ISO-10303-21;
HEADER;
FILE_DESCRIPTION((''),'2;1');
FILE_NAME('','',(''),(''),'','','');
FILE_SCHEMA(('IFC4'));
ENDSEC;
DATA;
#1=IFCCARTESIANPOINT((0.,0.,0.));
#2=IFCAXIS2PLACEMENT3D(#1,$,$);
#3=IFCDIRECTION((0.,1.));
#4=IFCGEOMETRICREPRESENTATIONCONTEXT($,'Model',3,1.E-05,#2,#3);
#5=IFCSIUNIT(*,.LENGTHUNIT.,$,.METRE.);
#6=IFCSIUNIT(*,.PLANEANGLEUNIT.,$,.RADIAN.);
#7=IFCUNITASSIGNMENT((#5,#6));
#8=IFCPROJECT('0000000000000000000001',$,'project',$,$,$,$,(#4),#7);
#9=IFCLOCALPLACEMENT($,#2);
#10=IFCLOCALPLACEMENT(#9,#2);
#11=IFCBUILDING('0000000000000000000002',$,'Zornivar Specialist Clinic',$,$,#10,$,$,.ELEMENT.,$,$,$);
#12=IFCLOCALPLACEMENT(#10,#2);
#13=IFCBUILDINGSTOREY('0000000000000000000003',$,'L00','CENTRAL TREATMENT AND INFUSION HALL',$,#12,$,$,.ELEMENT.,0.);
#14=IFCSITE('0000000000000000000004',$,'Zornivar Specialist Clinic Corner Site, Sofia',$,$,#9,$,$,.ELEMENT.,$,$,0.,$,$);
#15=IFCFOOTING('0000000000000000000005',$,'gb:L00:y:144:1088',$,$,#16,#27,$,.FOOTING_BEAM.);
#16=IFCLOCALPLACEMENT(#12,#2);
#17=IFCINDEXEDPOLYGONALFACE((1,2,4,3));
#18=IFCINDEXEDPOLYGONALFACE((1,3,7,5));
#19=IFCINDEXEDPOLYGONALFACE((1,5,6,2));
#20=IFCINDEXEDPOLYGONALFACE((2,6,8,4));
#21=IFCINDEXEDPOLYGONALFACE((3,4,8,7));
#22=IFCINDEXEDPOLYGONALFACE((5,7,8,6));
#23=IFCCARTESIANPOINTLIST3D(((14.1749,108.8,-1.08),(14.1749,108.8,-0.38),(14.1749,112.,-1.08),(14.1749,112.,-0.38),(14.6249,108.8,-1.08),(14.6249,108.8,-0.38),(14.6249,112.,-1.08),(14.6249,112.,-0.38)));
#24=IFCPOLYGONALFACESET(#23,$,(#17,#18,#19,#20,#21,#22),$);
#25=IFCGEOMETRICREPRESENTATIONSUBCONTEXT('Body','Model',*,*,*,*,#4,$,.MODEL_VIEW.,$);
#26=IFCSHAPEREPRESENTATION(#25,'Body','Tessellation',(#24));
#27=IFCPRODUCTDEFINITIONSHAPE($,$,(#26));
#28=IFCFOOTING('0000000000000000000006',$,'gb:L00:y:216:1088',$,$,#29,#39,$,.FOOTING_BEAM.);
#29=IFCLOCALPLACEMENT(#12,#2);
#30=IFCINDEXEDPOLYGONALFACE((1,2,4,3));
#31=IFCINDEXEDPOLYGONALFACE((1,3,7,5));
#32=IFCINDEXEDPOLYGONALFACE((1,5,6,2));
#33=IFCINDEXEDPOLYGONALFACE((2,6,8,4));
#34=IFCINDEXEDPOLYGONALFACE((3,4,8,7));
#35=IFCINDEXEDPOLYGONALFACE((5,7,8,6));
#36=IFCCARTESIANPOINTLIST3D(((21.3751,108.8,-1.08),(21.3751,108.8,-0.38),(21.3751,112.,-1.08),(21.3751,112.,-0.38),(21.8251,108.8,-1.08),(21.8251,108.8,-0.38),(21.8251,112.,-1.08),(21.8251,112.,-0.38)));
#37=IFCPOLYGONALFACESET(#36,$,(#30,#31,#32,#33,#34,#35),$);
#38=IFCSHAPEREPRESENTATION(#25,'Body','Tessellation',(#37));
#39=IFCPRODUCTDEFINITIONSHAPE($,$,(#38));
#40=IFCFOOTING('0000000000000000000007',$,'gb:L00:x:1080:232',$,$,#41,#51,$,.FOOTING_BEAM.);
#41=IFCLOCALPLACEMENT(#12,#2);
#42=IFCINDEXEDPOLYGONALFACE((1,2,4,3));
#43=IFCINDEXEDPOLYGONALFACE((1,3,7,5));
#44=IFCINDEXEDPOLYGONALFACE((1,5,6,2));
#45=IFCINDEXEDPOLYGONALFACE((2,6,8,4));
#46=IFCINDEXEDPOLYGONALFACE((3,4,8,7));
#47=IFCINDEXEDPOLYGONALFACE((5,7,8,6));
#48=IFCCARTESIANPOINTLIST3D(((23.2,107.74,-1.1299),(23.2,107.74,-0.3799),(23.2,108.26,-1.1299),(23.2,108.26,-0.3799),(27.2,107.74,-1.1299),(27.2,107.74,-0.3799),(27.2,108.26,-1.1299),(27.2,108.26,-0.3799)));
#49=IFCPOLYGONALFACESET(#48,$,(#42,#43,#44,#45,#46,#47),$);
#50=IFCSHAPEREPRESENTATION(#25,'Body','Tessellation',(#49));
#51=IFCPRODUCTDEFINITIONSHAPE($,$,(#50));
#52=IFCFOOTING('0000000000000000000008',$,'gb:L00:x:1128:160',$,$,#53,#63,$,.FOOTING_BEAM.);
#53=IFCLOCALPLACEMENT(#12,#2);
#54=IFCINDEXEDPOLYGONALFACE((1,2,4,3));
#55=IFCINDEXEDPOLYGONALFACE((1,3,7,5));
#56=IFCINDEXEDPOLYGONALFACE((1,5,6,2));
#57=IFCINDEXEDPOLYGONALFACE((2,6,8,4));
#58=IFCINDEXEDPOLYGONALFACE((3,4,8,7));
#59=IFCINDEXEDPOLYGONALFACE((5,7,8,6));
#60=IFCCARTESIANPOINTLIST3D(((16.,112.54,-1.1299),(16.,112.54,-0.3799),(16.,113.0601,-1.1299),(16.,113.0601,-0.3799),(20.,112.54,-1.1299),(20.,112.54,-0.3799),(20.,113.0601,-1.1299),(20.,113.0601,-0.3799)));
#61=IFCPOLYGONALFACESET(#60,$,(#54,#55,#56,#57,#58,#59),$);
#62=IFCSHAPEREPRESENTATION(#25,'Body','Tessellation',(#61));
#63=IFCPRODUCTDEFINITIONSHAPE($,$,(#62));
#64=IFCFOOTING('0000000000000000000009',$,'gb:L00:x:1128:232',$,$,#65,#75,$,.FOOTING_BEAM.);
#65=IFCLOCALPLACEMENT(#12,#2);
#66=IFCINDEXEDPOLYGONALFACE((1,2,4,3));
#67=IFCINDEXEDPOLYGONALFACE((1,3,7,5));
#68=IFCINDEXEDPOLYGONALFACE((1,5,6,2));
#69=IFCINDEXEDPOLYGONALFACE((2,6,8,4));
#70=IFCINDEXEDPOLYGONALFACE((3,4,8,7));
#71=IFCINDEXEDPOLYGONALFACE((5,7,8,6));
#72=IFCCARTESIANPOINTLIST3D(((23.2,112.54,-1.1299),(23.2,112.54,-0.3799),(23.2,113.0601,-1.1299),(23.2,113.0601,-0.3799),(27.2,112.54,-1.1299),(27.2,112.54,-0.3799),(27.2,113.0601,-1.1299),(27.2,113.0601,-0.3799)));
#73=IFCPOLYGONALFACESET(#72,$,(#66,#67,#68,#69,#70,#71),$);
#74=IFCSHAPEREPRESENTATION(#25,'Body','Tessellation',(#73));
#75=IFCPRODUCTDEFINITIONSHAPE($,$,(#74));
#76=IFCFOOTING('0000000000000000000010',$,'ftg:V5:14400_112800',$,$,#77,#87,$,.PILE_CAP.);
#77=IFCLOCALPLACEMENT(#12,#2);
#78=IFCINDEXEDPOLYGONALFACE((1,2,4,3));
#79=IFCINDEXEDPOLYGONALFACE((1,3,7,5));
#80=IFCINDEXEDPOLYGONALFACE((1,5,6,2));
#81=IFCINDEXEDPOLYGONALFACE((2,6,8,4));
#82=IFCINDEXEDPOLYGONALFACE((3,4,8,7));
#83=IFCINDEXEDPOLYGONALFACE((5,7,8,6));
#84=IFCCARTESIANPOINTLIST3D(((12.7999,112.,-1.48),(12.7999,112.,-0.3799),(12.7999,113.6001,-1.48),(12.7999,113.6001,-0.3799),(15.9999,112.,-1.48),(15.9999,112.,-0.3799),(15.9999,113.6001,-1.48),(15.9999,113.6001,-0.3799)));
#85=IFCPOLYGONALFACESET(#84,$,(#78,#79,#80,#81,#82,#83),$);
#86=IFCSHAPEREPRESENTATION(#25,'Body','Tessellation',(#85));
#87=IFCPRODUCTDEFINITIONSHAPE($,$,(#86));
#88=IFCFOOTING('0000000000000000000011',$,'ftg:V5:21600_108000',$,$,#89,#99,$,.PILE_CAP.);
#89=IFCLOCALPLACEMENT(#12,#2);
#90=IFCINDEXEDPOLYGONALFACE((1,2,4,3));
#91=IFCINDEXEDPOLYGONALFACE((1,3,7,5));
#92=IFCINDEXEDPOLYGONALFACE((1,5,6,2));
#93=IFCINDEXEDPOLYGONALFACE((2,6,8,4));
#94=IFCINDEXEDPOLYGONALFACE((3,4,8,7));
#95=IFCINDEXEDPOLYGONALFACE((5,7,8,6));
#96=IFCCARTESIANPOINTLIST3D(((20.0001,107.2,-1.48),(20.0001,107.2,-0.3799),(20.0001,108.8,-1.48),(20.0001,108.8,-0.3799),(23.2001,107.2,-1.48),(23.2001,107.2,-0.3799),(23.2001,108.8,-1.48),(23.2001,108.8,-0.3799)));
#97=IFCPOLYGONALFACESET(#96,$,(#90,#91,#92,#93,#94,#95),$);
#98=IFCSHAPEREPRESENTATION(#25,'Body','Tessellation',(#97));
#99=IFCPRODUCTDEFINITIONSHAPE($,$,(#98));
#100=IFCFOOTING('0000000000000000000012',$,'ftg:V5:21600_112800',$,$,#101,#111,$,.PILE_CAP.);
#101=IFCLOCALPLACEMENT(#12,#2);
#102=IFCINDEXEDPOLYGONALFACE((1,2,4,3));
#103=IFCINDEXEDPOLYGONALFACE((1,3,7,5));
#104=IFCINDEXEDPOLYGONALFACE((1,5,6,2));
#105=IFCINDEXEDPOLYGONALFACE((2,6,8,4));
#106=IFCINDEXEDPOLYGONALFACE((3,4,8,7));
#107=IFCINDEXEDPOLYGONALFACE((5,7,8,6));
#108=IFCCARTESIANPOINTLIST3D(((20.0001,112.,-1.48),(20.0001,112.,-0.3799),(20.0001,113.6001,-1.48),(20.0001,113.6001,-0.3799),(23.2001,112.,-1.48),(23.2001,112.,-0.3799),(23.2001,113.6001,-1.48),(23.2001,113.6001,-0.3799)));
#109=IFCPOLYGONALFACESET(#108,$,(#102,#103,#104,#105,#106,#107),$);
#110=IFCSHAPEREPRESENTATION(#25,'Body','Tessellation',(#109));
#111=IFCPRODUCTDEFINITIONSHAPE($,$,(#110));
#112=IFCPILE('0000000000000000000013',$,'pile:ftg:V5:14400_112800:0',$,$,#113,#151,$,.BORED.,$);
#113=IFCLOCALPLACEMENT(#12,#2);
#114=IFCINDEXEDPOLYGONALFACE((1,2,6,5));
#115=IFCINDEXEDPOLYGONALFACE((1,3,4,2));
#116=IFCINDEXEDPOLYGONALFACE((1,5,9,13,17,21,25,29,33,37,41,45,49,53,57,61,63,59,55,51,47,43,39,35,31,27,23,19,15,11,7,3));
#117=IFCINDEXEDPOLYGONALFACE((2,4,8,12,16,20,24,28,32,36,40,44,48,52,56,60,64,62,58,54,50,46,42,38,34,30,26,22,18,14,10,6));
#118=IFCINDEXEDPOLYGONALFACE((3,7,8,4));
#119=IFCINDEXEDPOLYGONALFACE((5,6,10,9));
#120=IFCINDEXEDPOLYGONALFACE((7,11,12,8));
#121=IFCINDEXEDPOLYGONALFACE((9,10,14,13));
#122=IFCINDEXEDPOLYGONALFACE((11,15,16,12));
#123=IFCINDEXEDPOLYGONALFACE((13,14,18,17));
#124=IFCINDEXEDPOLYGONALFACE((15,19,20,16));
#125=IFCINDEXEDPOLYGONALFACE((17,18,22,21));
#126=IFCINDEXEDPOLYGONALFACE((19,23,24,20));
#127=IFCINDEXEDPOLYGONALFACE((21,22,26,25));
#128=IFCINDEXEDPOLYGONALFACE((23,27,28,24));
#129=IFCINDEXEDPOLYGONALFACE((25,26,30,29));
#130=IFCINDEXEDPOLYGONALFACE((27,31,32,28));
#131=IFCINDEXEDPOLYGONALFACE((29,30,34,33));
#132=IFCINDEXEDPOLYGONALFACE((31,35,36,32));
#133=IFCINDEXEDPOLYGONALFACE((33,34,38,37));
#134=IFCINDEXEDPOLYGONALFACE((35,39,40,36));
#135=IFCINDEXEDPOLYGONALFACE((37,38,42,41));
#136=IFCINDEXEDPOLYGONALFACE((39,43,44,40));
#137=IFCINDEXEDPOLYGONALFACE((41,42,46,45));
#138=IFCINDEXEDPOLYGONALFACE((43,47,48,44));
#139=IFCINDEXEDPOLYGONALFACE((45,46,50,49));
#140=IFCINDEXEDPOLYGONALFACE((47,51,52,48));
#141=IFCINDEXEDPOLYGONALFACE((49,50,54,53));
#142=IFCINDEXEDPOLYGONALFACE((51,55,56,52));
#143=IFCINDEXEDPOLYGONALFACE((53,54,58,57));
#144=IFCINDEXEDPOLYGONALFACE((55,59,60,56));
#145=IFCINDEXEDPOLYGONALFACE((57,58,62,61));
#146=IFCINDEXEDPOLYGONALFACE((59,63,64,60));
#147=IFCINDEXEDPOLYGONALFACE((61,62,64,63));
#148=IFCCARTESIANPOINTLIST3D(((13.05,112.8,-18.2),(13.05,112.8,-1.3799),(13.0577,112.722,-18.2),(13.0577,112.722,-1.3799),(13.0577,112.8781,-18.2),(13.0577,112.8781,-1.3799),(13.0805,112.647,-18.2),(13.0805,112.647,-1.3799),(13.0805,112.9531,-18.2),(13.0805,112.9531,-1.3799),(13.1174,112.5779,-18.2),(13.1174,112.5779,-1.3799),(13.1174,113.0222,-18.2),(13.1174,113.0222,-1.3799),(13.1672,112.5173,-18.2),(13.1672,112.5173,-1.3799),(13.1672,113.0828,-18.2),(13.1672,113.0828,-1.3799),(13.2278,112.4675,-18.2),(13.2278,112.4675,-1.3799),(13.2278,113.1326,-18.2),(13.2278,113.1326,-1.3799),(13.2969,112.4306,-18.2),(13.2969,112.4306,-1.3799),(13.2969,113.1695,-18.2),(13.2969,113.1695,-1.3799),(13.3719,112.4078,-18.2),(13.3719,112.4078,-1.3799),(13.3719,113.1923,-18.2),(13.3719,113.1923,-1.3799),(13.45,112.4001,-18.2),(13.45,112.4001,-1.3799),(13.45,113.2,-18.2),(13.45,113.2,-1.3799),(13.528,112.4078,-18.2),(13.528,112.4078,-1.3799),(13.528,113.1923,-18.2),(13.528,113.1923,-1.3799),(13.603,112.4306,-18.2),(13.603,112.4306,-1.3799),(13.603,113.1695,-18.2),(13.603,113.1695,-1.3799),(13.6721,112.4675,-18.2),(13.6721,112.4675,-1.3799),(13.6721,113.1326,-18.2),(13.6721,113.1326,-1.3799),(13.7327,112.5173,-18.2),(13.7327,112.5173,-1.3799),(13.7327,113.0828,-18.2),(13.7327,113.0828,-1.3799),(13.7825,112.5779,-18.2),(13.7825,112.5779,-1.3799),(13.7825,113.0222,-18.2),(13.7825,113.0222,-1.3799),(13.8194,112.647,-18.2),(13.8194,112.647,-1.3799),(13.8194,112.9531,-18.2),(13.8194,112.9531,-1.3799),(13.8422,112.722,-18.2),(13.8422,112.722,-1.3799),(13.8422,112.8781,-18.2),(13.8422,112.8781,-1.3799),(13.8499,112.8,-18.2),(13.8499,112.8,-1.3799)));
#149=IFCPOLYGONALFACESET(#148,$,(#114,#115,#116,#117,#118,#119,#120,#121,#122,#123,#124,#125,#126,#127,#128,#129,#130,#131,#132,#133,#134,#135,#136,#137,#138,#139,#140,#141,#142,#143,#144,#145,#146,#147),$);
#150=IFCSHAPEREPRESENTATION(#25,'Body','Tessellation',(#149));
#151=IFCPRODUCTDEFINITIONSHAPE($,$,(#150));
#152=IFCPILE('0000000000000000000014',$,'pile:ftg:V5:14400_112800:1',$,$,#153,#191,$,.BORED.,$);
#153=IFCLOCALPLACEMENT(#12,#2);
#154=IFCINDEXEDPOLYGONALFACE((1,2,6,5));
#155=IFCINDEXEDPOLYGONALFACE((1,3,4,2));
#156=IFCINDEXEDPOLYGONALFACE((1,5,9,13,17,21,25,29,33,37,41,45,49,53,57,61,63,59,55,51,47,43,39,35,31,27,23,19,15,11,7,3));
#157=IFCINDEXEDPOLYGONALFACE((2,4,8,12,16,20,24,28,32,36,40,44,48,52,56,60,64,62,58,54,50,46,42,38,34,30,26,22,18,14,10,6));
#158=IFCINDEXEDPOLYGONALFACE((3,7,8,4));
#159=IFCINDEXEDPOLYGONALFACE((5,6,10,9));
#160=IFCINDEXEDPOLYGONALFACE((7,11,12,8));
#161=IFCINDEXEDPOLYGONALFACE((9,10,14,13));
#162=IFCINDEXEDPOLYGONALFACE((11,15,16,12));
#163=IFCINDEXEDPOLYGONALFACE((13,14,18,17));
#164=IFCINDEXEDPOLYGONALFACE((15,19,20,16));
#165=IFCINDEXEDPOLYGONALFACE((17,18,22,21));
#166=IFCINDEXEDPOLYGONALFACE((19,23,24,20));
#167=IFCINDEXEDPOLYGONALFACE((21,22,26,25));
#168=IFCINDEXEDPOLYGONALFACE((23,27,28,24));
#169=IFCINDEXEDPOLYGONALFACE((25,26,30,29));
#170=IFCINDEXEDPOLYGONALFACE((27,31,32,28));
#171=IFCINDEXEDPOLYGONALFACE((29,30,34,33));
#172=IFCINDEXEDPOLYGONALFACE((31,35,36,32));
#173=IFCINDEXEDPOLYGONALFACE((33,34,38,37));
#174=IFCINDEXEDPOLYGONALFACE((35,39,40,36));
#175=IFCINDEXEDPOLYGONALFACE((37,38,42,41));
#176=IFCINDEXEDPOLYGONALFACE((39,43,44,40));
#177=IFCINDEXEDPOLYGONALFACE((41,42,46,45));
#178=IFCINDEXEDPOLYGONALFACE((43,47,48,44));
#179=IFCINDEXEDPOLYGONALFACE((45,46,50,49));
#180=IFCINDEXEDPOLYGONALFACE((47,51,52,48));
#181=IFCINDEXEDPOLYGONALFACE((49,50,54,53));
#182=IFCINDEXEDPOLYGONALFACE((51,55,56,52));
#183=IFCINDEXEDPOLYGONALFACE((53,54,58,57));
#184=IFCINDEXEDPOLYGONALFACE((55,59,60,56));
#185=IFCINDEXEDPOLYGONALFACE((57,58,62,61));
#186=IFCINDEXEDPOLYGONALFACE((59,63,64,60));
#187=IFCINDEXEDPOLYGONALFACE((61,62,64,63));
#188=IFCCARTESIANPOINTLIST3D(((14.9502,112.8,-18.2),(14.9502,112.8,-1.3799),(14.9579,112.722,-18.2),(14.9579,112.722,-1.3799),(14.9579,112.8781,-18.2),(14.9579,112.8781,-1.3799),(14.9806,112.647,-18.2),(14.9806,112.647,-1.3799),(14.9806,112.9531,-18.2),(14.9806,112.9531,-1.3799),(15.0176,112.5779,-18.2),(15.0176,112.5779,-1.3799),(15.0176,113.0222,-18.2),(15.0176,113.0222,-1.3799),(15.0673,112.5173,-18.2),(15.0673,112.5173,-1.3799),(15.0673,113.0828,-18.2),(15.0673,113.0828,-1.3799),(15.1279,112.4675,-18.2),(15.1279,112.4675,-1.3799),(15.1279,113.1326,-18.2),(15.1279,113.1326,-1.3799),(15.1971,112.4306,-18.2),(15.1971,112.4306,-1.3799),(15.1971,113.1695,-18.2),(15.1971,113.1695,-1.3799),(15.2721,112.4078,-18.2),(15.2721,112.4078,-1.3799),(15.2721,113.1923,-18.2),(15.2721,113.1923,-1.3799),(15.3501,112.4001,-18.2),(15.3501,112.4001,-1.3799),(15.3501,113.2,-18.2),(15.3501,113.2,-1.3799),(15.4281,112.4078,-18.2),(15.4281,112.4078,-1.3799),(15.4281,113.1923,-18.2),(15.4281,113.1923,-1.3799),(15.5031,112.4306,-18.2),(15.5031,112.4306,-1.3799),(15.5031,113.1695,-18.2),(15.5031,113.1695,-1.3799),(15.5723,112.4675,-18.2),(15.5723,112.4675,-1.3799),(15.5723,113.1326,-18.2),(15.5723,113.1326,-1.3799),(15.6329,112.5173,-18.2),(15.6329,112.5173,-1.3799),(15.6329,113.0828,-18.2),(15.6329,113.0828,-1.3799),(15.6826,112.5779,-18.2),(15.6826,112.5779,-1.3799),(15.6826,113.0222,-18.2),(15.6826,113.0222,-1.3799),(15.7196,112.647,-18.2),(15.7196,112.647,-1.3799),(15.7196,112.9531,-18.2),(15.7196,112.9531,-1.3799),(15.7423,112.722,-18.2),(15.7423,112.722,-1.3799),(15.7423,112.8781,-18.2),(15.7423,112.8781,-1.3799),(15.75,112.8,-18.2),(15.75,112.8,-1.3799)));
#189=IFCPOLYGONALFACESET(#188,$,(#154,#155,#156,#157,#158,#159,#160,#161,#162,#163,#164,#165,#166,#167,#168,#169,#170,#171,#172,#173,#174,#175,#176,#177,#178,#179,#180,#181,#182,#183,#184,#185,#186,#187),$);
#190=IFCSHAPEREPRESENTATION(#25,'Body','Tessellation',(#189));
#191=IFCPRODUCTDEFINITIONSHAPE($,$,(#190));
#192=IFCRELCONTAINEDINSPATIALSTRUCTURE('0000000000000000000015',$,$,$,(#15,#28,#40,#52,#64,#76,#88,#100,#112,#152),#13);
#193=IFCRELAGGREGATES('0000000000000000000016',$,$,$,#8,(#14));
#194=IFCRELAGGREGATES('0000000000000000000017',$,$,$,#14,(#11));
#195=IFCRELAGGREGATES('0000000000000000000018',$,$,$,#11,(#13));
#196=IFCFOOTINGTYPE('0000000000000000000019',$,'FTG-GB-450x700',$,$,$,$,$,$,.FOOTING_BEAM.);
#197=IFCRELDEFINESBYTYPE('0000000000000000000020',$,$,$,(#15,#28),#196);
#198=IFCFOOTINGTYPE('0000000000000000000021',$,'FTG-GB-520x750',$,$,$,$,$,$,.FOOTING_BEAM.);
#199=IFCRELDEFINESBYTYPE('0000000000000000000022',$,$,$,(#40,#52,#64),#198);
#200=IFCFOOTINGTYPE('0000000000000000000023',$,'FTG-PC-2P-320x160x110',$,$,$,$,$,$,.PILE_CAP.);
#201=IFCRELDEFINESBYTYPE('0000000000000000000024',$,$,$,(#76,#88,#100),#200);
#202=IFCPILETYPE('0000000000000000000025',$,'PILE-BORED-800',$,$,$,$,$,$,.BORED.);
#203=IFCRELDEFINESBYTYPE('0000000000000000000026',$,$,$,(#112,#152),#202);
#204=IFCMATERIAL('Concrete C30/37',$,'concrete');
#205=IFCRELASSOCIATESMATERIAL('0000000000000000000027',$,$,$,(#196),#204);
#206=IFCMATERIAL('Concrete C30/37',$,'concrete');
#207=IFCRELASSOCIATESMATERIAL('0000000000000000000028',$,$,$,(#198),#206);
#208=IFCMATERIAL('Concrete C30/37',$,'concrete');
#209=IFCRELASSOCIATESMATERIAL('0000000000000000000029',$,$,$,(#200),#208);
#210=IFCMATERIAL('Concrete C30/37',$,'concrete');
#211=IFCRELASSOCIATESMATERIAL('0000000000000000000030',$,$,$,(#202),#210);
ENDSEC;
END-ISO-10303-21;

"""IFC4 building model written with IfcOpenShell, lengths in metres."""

from ifc_helpers import new_model, si_unit, direction, frame, origin, origin_2d, place, context, subcontext, project, spatial, rectangle, circle, extrude, material, material_profile, profile_set, type_object, element, save


model = new_model("IFC4")

# Units and contexts
model_context = context("Model", 3, precision=1e-05, world=origin(), true_north=direction((0.0, 1.0)))
body_context = subcontext(model_context, "Body", "Model", "MODEL_VIEW")
ifc_project = project(units=[si_unit("LENGTHUNIT", "METRE"), si_unit("PLANEANGLEUNIT", "RADIAN")], contexts=[model_context])

# Site, building, storey
site_placement = place(None, origin())
site = spatial("IfcSite", under=ifc_project, at=site_placement, Name="Zornivar Specialist Clinic Corner Site, Sofia", CompositionType="ELEMENT", RefElevation=0.0)
building_placement = place(site_placement, origin())
building = spatial("IfcBuilding", under=site, at=building_placement, Name="Zornivar Specialist Clinic", CompositionType="ELEMENT")
storey_placement = place(building_placement, origin())
storey = spatial("IfcBuildingStorey", under=building, at=storey_placement, Name="L00", Description="CENTRAL TREATMENT AND INFUSION HALL", CompositionType="ELEMENT", Elevation=0.0)

# Footings
ifc_material_1 = material(Name="Concrete C30/37", Category="concrete")
ifc_material_profile_1 = material_profile(ifc_material_1, rectangle(XDim=0.45, YDim=0.7, at=origin_2d()), Name="RC 450x700")
ifc_profile_set_1 = profile_set([ifc_material_profile_1], Name="Concrete C30/37")
footing_type_1 = type_object("IfcFootingType", Name="FTG-GB-450x700", PredefinedType="FOOTING_BEAM", material=ifc_profile_set_1)
for number, where, z_axis, x_axis, name in (
    (1, (14.3999, 108.8, -0.73), (0.0, 1.0, 0.0), (-1.0, 0.0, 0.0), "gb:L00:y:144:1088"),
    (2, (21.6001, 108.8, -0.73), (0.0, 1.0, 0.0), (-1.0, 0.0, 0.0), "gb:L00:y:216:1088"),
):
    element("IfcFooting", number, at=place(storey_placement, frame(where, z_axis=z_axis, x_axis=x_axis)), inside=storey, type_object=footing_type_1, Name=name, PredefinedType="FOOTING_BEAM", context=body_context, shape_type="SweptSolid", body=[
        extrude(rectangle(XDim=0.45, YDim=0.7, at=origin_2d()), origin(), (0.0, 0.0, 1.0), 3.2),
    ])
ifc_material_2 = material(Name="Concrete C30/37", Category="concrete")
ifc_material_profile_2 = material_profile(ifc_material_2, rectangle(XDim=0.52, YDim=0.75, at=origin_2d()), Name="RC 520x750")
ifc_profile_set_2 = profile_set([ifc_material_profile_2], Name="Concrete C30/37")
footing_type_2 = type_object("IfcFootingType", Name="FTG-GB-520x750", PredefinedType="FOOTING_BEAM", material=ifc_profile_set_2)
for number, where, z_axis, x_axis, name in (
    (3, (23.2, 108.0, -0.7549), (1.0, 0.0, 0.0), (0.0, 1.0, 0.0), "gb:L00:x:1080:232"),
    (4, (16.0, 112.8, -0.7549), (1.0, 0.0, 0.0), (0.0, 1.0, 0.0), "gb:L00:x:1128:160"),
    (5, (23.2, 112.8, -0.7549), (1.0, 0.0, 0.0), (0.0, 1.0, 0.0), "gb:L00:x:1128:232"),
):
    element("IfcFooting", number, at=place(storey_placement, frame(where, z_axis=z_axis, x_axis=x_axis)), inside=storey, type_object=footing_type_2, Name=name, PredefinedType="FOOTING_BEAM", context=body_context, shape_type="SweptSolid", body=[
        extrude(rectangle(XDim=0.52, YDim=0.75, at=origin_2d()), origin(), (0.0, 0.0, 1.0), 4.0),
    ])
ifc_material_3 = material(Name="Concrete C30/37", Category="concrete")
footing_type_3 = type_object("IfcFootingType", Name="FTG-PC-2P-320x160x110", PredefinedType="PILE_CAP", material=ifc_material_3)
for number, where, z_axis, x_axis, name in (
    (6, (14.3999, 112.8, -1.48), (0.0, 0.0, 1.0), (1.0, 0.0, 0.0), "ftg:V5:14400_112800"),
    (7, (21.6001, 108.0, -1.48), (0.0, 0.0, 1.0), (1.0, 0.0, 0.0), "ftg:V5:21600_108000"),
    (8, (21.6001, 112.8, -1.48), (0.0, 0.0, 1.0), (1.0, 0.0, 0.0), "ftg:V5:21600_112800"),
):
    element("IfcFooting", number, at=place(storey_placement, frame(where, z_axis=z_axis, x_axis=x_axis)), inside=storey, type_object=footing_type_3, Name=name, PredefinedType="PILE_CAP", context=body_context, shape_type="SweptSolid", body=[
        extrude(rectangle(XDim=3.2, YDim=1.6001, at=origin_2d()), origin(), (0.0, 0.0, 1.0), 1.1001),
    ])

# Piles
ifc_material_4 = material(Name="Concrete C30/37", Category="concrete")
ifc_material_profile_3 = material_profile(ifc_material_4, circle(Radius=0.3999, at=origin_2d()), Name="PILE D800")
ifc_profile_set_3 = profile_set([ifc_material_profile_3], Name="Concrete C30/37")
pile_type = type_object("IfcPileType", Name="PILE-BORED-800", PredefinedType="BORED", material=ifc_profile_set_3)
for number, where, z_axis, x_axis, name in (
    (9, (13.45, 112.8, -1.3799), (0.0, 0.0, -1.0), (1.0, 0.0, 0.0), "pile:ftg:V5:14400_112800:0"),
    (10, (15.3501, 112.8, -1.3799), (0.0, 0.0, -1.0), (1.0, 0.0, 0.0), "pile:ftg:V5:14400_112800:1"),
):
    element("IfcPile", number, at=place(storey_placement, frame(where, z_axis=z_axis, x_axis=x_axis)), inside=storey, type_object=pile_type, Name=name, PredefinedType="BORED", context=body_context, shape_type="SweptSolid", body=[
        extrude(circle(Radius=0.3999, at=origin_2d()), origin(), (0.0, 0.0, 1.0), 16.8201),
    ])

save(model, "model.ifc")
